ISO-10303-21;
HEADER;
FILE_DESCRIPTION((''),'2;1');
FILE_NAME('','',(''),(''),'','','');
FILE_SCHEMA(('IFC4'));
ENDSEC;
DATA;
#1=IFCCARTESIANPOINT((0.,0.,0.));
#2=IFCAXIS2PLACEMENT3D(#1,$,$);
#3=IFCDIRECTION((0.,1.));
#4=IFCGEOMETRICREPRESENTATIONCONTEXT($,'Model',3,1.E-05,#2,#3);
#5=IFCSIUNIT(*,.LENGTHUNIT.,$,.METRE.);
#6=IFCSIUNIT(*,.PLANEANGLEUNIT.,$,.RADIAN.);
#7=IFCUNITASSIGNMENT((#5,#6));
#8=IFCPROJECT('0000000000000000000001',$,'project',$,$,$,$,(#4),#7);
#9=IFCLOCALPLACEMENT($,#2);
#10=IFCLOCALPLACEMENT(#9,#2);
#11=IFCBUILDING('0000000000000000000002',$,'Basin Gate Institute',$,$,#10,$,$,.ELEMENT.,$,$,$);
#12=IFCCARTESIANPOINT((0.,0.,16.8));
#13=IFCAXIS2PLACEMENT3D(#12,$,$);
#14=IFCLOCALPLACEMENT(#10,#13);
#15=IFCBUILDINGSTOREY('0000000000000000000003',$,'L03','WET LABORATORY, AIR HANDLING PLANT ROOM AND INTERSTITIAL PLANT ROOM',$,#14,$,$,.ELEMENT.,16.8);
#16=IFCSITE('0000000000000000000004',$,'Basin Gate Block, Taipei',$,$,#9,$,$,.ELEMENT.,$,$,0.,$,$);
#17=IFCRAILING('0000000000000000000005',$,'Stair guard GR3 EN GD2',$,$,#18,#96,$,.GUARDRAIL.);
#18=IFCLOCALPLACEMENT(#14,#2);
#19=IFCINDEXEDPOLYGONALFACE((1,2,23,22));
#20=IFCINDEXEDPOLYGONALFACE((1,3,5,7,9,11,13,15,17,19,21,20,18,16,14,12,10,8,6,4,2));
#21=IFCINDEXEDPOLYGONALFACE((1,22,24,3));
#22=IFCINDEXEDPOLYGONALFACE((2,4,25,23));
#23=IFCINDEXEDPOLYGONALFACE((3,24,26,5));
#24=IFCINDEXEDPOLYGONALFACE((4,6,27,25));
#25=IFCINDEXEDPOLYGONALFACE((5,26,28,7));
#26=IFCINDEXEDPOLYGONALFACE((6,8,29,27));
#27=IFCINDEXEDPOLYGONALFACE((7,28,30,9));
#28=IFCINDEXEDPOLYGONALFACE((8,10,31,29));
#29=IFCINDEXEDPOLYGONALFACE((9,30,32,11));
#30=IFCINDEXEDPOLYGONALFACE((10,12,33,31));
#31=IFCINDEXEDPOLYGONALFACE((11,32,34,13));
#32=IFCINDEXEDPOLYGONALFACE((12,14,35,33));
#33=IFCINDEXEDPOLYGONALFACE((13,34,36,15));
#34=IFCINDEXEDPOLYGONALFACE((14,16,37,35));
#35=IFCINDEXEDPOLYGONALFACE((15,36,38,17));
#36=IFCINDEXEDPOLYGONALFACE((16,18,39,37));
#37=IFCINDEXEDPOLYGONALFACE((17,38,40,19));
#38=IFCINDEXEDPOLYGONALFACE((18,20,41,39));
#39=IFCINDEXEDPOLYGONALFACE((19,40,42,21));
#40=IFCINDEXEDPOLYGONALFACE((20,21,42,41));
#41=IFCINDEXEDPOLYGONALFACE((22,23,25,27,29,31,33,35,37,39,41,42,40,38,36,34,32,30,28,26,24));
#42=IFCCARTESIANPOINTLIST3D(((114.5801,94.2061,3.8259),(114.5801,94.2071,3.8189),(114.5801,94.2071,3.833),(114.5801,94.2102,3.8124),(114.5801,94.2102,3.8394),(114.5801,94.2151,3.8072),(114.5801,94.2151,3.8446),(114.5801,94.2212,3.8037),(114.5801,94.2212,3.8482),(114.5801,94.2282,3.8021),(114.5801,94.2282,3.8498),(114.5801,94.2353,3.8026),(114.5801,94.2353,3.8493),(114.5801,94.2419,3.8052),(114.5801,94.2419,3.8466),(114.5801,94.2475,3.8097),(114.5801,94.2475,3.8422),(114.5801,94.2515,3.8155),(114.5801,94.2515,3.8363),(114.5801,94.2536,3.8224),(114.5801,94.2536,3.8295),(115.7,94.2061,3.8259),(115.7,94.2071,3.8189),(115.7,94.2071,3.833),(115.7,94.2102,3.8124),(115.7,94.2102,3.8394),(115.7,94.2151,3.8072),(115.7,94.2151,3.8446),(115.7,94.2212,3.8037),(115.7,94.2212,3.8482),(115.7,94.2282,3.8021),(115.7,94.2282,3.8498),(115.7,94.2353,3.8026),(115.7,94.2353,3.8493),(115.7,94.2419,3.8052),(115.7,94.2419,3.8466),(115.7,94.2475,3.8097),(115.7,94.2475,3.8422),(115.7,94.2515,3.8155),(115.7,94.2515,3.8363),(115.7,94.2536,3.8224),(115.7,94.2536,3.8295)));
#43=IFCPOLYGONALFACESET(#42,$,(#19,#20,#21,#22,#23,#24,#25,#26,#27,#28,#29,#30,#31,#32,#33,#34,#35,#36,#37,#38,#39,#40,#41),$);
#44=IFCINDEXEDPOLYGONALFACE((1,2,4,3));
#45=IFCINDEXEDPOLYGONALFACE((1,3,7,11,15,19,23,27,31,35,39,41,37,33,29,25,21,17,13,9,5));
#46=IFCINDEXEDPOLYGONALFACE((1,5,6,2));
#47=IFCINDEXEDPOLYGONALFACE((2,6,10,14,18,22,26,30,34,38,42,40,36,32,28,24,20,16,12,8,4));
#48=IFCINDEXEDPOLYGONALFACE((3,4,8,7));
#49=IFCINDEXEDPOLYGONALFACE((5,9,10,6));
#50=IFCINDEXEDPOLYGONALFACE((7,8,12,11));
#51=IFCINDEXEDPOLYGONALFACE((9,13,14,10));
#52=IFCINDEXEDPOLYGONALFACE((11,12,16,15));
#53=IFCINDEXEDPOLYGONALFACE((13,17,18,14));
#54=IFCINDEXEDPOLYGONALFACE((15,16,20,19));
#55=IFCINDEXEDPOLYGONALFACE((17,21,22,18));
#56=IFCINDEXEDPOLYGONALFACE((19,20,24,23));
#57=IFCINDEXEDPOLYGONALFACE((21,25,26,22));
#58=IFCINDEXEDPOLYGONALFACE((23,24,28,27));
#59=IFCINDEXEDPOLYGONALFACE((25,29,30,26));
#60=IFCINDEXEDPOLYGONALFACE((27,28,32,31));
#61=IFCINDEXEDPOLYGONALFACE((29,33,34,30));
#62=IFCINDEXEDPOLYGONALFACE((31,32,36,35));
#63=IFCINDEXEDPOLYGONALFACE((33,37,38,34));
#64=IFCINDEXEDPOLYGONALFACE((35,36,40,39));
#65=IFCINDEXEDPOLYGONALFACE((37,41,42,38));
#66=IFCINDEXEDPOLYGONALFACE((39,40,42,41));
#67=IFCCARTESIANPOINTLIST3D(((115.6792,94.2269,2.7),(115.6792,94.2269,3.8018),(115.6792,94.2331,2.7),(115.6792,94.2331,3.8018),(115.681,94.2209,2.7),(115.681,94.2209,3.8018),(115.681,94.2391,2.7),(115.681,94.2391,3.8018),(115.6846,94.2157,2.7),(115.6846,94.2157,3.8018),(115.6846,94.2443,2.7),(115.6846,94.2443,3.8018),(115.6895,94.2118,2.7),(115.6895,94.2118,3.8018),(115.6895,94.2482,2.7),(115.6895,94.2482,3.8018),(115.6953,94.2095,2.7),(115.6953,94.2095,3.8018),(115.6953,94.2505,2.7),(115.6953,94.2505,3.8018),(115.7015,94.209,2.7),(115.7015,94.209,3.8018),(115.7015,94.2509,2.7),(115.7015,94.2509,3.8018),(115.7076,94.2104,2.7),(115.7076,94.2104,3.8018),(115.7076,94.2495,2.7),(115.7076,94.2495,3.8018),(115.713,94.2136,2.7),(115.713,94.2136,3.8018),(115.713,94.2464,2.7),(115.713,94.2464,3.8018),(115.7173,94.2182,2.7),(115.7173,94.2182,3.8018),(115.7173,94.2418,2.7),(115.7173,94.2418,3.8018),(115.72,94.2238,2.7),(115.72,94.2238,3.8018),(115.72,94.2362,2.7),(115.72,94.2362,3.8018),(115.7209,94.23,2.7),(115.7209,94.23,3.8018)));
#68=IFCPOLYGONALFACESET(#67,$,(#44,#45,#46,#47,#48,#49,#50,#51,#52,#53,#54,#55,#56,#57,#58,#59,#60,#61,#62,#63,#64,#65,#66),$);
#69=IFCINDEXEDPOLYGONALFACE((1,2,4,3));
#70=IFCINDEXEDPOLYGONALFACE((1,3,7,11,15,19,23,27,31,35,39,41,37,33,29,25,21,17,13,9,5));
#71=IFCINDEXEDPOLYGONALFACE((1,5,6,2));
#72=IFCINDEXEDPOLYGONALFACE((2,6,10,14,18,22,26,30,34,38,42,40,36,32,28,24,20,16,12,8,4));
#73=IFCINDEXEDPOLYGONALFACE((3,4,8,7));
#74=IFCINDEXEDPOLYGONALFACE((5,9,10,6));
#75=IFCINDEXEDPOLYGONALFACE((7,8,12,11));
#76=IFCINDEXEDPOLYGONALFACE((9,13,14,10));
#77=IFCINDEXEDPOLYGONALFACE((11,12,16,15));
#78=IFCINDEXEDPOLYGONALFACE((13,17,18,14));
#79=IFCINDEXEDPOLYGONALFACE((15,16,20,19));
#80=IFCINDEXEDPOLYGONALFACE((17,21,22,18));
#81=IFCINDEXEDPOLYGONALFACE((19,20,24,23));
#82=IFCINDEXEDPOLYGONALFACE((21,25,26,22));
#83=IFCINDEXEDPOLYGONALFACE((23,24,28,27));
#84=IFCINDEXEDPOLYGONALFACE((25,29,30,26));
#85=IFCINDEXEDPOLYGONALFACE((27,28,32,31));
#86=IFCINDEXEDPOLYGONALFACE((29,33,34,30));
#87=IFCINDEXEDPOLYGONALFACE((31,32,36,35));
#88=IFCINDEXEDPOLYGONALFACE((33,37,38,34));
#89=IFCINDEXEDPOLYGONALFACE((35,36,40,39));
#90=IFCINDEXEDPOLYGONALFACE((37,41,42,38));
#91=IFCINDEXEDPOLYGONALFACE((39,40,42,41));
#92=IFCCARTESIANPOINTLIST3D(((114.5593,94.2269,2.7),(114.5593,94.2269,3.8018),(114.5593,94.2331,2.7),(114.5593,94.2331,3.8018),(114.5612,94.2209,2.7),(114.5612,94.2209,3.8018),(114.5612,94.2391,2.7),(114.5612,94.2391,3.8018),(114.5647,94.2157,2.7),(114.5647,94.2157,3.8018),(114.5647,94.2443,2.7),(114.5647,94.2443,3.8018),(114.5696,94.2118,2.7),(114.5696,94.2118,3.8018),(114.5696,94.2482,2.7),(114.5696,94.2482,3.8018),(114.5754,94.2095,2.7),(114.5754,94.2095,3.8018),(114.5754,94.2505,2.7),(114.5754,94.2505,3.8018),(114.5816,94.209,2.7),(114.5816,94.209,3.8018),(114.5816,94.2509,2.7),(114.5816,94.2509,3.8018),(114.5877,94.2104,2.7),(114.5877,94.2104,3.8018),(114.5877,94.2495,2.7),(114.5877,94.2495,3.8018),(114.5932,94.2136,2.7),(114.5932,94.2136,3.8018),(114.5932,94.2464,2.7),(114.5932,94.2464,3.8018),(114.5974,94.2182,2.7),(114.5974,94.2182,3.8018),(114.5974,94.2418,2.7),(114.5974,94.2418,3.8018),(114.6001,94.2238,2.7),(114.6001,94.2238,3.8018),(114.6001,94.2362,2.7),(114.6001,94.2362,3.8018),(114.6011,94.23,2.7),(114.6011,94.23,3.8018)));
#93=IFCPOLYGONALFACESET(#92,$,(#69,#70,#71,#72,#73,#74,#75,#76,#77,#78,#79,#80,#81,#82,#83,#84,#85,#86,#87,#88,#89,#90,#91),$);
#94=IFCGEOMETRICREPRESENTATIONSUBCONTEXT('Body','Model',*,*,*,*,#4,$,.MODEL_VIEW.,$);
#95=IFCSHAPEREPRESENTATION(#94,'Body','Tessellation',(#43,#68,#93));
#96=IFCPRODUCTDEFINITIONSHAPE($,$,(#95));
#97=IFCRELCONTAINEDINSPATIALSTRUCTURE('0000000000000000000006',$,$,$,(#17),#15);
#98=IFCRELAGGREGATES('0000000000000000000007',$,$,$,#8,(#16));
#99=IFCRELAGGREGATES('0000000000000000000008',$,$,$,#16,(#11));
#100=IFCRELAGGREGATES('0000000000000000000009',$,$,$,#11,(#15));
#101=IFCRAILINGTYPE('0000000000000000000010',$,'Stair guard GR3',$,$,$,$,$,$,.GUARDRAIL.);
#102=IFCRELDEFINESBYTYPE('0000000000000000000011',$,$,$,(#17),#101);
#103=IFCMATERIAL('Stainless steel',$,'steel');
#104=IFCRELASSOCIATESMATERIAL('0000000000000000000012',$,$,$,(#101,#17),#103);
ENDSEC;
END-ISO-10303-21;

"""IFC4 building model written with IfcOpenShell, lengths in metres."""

from ifc_helpers import new_model, si_unit, direction, frame, origin, origin_2d, place, context, subcontext, project, spatial, circle, extrude, material, type_object, element, save


model = new_model("IFC4")

# Units and contexts
model_context = context("Model", 3, precision=1e-05, world=origin(), true_north=direction((0.0, 1.0)))
body_context = subcontext(model_context, "Body", "Model", "MODEL_VIEW")
ifc_project = project(units=[si_unit("LENGTHUNIT", "METRE"), si_unit("PLANEANGLEUNIT", "RADIAN")], contexts=[model_context])

# Site, building, storey
site_placement = place(None, origin())
site = spatial("IfcSite", under=ifc_project, at=site_placement, Name="Basin Gate Block, Taipei", CompositionType="ELEMENT", RefElevation=0.0)
building_placement = place(site_placement, origin())
building = spatial("IfcBuilding", under=site, at=building_placement, Name="Basin Gate Institute", CompositionType="ELEMENT")
storey_placement = place(building_placement, frame((0.0, 0.0, 16.8)))
storey = spatial("IfcBuildingStorey", under=building, at=storey_placement, Name="L03", Description="WET LABORATORY, AIR HANDLING PLANT ROOM AND INTERSTITIAL PLANT ROOM", CompositionType="ELEMENT", Elevation=16.8)

# Railing
ifc_material_1 = material(Name="Stainless steel", Category="steel")
railing_type_1 = type_object("IfcRailingType", Name="Stair guard GR3", PredefinedType="GUARDRAIL", material=ifc_material_1)
railing_1_placement = place(storey_placement, frame((115.7, 94.23, 2.7)))
element("IfcRailing", 1, at=railing_1_placement, inside=storey, type_object=railing_type_1, material=ifc_material_1, Name="Stair guard GR3 EN GD2", PredefinedType="GUARDRAIL", context=body_context, shape_type="SweptSolid", body=[
    extrude(circle(Radius=0.0239, at=origin_2d()), frame((0.0, 0.0, 1.126), z_axis=(-1.0, 0.0, 0.0), x_axis=(0.0, -1.0, 0.0)), (0.0, 0.0, 1.0), 1.1199),
    extrude(circle(Radius=0.021, at=origin_2d()), origin(), (0.0, 0.0, 1.0), 1.1018),
    extrude(circle(Radius=0.021, at=origin_2d()), frame((-1.1199, 0.0, 0.0)), (0.0, 0.0, 1.0), 1.1018),
])

save(model, "model.ifc")
